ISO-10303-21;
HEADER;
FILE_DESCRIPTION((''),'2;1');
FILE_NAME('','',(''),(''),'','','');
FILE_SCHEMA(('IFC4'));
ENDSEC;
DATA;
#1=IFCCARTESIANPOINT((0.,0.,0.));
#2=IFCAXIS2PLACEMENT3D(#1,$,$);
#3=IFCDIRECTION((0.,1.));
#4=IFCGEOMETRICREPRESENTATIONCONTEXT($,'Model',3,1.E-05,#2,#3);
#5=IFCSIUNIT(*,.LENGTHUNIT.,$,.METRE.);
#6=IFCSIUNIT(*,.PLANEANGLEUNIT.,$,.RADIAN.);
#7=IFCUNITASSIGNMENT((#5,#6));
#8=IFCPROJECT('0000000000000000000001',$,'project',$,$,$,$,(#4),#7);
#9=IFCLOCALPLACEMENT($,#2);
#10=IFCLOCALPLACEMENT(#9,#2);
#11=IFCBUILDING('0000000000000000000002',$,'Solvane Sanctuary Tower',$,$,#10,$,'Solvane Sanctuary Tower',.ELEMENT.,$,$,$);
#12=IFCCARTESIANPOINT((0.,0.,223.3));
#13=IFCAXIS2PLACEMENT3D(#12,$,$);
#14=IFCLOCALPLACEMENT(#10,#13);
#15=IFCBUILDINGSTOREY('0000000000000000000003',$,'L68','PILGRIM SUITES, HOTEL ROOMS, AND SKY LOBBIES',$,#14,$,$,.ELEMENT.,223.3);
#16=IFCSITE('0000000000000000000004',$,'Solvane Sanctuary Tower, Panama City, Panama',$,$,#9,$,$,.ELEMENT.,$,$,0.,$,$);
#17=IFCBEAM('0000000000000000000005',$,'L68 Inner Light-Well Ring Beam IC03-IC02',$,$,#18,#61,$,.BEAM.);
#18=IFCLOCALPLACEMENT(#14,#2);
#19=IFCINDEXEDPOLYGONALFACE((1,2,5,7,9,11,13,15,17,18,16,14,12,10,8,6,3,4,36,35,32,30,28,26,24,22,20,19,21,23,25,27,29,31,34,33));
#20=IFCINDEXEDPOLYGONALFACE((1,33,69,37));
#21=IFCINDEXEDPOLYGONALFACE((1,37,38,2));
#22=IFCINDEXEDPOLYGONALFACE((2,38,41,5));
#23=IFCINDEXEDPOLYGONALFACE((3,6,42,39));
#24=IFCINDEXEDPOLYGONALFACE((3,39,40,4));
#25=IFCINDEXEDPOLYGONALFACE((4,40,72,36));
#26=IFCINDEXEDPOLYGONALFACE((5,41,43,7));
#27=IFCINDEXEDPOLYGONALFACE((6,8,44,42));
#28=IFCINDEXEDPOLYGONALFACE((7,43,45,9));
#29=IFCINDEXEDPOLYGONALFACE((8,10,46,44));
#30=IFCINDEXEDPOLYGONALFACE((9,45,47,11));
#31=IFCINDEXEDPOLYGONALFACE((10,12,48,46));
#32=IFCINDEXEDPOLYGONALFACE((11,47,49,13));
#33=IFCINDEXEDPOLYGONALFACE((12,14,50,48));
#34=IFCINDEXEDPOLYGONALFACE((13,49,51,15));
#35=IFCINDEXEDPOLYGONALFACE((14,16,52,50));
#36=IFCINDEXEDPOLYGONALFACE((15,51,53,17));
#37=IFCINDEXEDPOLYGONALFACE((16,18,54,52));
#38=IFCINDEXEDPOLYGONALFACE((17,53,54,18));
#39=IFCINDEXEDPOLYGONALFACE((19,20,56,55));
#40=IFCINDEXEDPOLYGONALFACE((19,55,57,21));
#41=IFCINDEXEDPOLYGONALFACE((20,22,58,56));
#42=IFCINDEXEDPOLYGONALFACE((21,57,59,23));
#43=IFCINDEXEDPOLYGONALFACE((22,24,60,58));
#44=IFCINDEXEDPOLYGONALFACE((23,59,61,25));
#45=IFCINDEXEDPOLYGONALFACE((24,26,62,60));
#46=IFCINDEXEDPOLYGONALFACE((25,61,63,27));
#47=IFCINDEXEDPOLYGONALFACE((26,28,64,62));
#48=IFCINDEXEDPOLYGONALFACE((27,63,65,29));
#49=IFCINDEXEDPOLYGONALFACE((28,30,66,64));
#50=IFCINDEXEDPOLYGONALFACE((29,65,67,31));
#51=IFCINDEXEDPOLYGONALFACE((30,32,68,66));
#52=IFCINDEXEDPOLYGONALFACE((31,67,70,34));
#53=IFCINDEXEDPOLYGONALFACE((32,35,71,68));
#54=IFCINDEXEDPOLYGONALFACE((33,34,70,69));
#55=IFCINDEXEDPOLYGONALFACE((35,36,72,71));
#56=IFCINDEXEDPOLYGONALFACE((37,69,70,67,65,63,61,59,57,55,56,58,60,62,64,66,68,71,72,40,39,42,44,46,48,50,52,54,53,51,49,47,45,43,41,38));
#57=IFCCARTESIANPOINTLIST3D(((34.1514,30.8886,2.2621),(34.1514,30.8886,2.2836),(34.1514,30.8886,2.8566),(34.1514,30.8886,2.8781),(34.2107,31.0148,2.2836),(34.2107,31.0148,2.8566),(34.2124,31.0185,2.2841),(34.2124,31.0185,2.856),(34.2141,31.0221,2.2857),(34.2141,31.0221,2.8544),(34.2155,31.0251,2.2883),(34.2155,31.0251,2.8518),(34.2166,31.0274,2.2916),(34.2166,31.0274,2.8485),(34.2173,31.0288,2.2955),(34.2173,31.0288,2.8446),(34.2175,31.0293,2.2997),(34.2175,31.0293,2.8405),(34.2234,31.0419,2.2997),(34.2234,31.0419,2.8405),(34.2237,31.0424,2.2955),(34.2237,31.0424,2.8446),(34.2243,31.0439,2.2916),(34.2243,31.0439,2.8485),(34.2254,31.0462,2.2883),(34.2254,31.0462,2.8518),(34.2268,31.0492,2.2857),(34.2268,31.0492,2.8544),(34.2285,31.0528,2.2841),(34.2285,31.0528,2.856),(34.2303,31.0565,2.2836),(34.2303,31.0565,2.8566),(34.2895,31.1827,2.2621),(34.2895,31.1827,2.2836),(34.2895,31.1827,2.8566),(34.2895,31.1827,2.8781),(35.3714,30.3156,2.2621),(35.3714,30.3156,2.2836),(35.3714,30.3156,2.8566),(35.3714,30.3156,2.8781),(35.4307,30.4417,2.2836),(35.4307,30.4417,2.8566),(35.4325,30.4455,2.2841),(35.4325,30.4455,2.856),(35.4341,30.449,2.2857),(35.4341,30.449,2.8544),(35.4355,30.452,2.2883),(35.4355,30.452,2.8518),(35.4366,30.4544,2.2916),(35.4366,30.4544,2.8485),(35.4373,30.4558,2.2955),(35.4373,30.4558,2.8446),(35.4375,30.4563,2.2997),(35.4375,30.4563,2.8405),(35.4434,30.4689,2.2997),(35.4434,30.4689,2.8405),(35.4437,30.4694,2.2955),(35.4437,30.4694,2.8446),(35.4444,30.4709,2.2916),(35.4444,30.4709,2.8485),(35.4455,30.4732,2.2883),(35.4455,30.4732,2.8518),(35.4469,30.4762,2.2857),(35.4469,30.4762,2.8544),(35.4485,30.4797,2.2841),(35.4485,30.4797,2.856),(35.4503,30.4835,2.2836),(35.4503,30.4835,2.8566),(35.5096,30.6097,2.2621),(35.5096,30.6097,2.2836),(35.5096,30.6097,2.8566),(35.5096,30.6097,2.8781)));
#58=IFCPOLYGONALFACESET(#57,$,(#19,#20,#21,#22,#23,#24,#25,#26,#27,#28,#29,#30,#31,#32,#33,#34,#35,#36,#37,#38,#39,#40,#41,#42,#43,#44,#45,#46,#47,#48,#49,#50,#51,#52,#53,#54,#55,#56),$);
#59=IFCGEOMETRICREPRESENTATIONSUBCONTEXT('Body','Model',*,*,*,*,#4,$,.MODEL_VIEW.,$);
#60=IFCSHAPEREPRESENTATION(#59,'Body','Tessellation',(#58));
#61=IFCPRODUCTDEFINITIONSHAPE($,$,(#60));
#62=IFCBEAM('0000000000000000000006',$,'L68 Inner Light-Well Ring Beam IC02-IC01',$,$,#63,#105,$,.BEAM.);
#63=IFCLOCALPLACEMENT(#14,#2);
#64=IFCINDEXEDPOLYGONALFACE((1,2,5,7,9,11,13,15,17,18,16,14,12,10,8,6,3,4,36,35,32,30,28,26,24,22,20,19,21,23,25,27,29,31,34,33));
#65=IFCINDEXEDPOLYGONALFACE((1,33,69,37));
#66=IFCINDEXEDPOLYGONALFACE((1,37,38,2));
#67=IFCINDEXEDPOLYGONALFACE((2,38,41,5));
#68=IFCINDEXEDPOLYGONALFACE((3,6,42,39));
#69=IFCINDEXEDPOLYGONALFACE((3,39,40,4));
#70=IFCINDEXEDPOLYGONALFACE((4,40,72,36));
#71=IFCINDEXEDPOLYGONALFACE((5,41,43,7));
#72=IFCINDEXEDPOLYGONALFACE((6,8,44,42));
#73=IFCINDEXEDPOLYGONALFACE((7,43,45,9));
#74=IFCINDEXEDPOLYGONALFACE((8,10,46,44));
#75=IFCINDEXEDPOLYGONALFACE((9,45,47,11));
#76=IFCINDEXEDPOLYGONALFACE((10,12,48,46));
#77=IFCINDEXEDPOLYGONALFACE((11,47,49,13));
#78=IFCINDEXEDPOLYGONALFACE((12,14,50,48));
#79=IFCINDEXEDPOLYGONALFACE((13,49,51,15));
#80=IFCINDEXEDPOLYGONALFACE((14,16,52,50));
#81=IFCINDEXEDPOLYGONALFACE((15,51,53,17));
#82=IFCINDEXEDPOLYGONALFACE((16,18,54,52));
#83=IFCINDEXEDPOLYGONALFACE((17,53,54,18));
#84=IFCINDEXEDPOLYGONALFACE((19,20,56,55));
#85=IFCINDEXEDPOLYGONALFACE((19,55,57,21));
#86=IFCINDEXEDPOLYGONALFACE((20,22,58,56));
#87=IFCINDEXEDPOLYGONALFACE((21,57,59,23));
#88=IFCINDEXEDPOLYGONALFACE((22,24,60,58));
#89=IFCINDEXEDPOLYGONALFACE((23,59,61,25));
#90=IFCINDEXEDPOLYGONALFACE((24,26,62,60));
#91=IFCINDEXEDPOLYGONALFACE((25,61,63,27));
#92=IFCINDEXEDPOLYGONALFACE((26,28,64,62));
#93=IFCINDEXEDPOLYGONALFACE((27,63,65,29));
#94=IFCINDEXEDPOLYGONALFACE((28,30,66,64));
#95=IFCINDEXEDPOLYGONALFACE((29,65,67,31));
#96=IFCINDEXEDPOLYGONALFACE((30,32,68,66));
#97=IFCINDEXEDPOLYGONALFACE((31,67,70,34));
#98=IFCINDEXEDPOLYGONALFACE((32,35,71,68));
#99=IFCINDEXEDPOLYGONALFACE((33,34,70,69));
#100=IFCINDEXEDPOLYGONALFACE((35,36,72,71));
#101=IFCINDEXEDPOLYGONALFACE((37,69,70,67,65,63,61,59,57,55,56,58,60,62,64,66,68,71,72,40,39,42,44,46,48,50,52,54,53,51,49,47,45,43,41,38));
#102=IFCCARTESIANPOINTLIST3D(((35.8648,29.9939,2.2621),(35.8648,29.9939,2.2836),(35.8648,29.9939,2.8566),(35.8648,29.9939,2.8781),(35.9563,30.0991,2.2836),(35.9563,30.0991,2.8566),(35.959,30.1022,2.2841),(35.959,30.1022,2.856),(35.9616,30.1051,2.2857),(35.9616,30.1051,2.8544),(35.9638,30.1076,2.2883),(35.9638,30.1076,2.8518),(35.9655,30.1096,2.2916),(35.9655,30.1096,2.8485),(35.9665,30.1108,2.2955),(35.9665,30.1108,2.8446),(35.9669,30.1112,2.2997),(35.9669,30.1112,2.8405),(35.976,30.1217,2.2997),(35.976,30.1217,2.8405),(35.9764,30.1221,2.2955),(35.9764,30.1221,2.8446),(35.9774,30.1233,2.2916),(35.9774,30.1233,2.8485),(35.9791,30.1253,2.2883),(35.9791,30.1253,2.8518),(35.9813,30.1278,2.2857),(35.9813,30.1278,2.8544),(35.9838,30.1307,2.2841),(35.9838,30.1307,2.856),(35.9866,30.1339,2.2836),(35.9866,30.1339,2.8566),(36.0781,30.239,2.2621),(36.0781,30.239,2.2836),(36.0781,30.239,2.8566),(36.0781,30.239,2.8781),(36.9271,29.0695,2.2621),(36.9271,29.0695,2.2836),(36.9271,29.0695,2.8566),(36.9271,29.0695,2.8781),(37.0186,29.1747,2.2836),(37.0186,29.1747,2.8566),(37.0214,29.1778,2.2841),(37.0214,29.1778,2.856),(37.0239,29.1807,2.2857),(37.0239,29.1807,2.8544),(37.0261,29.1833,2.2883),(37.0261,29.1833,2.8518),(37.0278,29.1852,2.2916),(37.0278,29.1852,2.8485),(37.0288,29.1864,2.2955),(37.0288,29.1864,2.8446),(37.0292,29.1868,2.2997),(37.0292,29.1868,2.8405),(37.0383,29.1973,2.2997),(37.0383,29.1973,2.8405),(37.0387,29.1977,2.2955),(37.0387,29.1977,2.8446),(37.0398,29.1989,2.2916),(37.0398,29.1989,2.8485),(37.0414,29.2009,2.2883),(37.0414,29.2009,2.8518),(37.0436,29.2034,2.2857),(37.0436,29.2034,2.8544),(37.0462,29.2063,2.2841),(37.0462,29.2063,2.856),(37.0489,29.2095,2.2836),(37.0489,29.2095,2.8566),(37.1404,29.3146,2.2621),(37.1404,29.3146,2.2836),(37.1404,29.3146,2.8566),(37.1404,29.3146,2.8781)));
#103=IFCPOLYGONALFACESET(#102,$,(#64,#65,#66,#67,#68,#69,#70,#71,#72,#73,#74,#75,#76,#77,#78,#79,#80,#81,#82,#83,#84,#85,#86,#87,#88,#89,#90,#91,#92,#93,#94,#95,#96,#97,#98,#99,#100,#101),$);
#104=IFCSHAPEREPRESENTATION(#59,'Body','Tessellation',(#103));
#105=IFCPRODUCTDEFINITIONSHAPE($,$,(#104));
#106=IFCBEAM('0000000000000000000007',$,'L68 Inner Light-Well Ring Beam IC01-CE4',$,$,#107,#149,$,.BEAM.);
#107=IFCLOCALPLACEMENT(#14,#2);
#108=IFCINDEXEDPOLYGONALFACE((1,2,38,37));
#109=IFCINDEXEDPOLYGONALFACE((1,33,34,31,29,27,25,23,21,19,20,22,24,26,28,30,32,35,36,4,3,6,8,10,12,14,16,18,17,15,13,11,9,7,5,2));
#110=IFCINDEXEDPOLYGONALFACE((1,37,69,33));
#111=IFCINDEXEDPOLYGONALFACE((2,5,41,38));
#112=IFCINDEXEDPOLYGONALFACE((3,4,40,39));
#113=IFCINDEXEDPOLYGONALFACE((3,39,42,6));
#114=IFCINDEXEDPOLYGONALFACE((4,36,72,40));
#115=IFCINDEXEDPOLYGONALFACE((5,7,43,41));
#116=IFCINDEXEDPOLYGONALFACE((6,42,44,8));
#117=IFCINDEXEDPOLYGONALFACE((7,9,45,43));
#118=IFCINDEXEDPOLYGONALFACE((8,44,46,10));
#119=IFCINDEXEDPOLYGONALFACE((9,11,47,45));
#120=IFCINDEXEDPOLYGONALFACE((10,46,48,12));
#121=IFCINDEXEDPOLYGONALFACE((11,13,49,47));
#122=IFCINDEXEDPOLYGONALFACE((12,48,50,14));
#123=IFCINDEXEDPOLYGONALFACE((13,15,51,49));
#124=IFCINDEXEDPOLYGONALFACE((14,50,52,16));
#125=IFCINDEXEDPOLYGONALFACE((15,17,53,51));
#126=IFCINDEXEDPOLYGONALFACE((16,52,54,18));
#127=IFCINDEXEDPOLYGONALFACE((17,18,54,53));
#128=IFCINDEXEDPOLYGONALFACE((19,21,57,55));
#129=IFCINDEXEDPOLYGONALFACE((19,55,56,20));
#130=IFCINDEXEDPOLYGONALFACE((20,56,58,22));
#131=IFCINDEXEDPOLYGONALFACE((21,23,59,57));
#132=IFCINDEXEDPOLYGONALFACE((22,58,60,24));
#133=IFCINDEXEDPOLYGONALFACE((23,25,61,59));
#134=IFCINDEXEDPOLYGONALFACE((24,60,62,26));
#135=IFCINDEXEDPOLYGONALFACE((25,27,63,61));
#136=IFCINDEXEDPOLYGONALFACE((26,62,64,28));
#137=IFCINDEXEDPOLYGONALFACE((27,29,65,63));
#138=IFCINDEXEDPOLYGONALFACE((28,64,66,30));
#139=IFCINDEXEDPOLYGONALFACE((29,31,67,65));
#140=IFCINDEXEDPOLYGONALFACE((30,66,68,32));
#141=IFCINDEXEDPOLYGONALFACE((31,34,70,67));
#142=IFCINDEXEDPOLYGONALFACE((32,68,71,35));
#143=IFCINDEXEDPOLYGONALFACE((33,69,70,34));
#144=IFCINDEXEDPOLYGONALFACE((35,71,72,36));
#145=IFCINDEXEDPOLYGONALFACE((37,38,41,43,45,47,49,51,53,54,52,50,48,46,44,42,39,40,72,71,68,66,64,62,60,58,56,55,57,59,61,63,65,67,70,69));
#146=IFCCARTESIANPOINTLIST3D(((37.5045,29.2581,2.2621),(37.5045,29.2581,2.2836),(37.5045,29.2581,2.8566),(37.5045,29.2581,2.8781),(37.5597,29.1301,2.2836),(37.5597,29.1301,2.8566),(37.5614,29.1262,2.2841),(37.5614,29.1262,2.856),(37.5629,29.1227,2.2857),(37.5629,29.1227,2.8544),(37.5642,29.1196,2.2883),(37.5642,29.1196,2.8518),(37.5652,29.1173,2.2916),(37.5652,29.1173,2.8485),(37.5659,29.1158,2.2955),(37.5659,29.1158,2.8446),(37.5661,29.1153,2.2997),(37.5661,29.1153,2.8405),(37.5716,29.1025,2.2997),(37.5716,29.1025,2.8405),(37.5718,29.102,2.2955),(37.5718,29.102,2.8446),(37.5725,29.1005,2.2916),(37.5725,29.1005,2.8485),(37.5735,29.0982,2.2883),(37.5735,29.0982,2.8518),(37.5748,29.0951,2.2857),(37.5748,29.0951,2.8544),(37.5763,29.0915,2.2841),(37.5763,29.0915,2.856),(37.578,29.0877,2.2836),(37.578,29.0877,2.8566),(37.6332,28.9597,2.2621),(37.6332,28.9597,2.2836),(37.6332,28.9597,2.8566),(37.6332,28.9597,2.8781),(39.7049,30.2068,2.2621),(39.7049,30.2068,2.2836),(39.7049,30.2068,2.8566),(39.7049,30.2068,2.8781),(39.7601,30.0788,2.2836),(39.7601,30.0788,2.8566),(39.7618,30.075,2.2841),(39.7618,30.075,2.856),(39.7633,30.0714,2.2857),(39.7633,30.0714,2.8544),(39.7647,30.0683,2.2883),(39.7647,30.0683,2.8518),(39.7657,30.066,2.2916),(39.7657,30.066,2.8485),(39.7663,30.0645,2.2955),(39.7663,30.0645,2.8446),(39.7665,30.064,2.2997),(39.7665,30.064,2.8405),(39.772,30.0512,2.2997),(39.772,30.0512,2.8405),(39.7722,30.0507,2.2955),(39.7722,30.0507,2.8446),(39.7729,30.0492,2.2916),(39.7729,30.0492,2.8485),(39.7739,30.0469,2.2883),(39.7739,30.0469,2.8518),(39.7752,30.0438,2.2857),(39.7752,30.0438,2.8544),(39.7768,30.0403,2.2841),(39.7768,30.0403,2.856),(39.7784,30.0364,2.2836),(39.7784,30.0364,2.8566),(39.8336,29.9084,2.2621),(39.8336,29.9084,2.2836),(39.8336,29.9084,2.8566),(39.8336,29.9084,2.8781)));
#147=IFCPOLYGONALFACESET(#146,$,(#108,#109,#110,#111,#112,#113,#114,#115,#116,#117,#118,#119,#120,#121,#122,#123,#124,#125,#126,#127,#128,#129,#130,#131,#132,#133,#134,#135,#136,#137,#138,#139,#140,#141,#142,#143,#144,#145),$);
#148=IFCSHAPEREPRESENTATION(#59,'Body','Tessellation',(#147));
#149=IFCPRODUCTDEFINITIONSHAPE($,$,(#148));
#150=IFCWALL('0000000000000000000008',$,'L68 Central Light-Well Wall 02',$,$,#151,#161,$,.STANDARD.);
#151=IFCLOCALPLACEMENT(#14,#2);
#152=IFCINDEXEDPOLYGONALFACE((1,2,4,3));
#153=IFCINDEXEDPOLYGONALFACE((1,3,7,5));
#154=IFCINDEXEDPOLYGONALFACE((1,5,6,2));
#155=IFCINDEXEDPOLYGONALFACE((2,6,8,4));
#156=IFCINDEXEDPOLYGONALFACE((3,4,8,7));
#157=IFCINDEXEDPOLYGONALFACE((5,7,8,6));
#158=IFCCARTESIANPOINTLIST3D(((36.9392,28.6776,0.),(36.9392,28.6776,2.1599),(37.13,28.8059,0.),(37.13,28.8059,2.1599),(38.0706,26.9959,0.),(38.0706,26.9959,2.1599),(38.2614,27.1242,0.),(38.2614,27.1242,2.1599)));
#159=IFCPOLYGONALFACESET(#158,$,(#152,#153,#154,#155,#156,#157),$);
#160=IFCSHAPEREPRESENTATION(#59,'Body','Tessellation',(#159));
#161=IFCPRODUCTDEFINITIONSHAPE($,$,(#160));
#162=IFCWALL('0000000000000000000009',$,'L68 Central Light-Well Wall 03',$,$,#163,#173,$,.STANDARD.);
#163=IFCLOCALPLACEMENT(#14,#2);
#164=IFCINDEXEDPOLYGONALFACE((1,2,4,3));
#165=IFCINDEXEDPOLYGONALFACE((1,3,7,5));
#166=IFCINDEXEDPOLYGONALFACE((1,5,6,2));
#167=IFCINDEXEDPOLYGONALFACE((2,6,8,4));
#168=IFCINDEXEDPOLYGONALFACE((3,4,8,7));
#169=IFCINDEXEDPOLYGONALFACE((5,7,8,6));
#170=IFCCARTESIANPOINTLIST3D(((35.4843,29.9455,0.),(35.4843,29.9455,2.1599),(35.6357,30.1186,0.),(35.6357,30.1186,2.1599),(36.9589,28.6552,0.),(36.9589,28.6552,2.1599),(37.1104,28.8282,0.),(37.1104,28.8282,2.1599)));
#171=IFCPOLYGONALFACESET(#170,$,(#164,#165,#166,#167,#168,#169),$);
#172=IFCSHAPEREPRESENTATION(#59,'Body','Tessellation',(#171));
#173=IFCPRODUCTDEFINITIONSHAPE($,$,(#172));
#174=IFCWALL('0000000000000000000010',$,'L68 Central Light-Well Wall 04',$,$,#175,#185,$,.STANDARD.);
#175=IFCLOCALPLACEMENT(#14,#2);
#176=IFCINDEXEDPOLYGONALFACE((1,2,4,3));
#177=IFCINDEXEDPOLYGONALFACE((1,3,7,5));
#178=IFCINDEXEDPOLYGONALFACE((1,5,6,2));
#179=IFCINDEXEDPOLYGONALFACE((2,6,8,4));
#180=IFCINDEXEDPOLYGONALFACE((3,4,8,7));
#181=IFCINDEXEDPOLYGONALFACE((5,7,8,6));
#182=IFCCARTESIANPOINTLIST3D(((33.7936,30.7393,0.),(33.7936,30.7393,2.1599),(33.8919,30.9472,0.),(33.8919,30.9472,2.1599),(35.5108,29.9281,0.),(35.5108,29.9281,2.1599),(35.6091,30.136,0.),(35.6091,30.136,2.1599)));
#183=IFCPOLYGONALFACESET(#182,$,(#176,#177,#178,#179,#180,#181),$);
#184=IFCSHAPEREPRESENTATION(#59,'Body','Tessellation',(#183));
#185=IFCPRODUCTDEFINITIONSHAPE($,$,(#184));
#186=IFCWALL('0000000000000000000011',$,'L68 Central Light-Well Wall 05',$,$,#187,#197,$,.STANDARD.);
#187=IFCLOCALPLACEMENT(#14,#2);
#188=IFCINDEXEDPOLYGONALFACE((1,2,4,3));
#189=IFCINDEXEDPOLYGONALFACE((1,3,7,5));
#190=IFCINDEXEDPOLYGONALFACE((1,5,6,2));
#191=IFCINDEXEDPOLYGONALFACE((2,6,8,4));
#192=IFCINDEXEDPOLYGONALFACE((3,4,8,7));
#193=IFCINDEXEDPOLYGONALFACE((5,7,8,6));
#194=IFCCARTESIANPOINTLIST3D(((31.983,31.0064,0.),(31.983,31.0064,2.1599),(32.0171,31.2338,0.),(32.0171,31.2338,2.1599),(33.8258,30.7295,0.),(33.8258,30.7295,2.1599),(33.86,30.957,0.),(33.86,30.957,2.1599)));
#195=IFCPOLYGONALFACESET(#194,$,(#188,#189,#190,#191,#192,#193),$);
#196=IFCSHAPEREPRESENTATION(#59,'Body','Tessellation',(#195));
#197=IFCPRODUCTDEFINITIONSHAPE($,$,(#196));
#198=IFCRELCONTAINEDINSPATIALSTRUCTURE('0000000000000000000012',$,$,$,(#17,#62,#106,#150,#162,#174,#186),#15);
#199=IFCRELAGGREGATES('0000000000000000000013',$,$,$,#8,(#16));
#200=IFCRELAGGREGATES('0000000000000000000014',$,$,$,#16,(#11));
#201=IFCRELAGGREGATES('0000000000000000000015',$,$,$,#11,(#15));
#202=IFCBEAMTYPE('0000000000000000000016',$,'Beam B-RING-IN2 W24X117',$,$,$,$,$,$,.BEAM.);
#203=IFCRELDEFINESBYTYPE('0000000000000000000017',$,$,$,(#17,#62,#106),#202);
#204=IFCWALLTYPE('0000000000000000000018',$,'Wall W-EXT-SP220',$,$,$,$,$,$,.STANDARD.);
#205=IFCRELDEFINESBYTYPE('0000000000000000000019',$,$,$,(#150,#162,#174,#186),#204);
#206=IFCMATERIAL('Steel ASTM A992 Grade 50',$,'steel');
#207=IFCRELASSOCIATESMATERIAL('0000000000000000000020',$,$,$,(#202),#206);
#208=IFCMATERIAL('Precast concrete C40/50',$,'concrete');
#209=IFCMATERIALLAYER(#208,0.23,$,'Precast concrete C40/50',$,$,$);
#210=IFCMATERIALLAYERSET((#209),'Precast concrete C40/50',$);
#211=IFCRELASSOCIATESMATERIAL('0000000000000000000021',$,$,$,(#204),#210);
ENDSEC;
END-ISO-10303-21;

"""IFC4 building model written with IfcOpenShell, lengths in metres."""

from ifc_helpers import new_model, si_unit, direction, frame, frame_2d, origin, origin_2d, place, context, subcontext, project, spatial, rectangle, i_section, extrude, material, layer, layer_set, material_profile, profile_set, type_object, element, save


model = new_model("IFC4")

# Units and contexts
model_context = context("Model", 3, precision=1e-05, world=origin(), true_north=direction((0.0, 1.0)))
body_context = subcontext(model_context, "Body", "Model", "MODEL_VIEW")
ifc_project = project(units=[si_unit("LENGTHUNIT", "METRE"), si_unit("PLANEANGLEUNIT", "RADIAN")], contexts=[model_context])

# Site, building, storey
site_placement = place(None, origin())
site = spatial("IfcSite", under=ifc_project, at=site_placement, Name="Solvane Sanctuary Tower, Panama City, Panama", CompositionType="ELEMENT", RefElevation=0.0)
building_placement = place(site_placement, origin())
building = spatial("IfcBuilding", under=site, at=building_placement, Name="Solvane Sanctuary Tower", LongName="Solvane Sanctuary Tower", CompositionType="ELEMENT")
storey_placement = place(building_placement, frame((0.0, 0.0, 223.3)))
storey = spatial("IfcBuildingStorey", under=building, at=storey_placement, Name="L68", Description="PILGRIM SUITES, HOTEL ROOMS, AND SKY LOBBIES", CompositionType="ELEMENT", Elevation=223.3)

# Beams
ifc_material_1 = material(Name="Steel ASTM A992 Grade 50", Category="steel")
ifc_material_profile_1 = material_profile(ifc_material_1, i_section(OverallWidth=0.325, OverallDepth=0.616, WebThickness=0.0139, FlangeThickness=0.0215, FilletRadius=0.0161, at=origin_2d()), Name="W24X117")
ifc_profile_set_1 = profile_set([ifc_material_profile_1], Name="Steel ASTM A992 Grade 50")
beam_type_1 = type_object("IfcBeamType", Name="Beam B-RING-IN2 W24X117", PredefinedType="BEAM", material=ifc_profile_set_1)
beam_1_placement = place(storey_placement, frame((34.2205, 31.0356, 2.5701), z_axis=(0.905135, -0.425125, 0.0), x_axis=(0.425125, 0.905135, 0.0)))
element("IfcBeam", 1, at=beam_1_placement, inside=storey, type_object=beam_type_1, Name="L68 Inner Light-Well Ring Beam IC03-IC02", PredefinedType="BEAM", context=body_context, shape_type="SweptSolid", body=[
    extrude(i_section(OverallWidth=0.325, OverallDepth=0.616, WebThickness=0.0139, FlangeThickness=0.0215, FilletRadius=0.0161, at=origin_2d()), origin(), (0.0, 0.0, 1.0), 1.3479),
])
beam_2_placement = place(storey_placement, frame((35.9714, 30.1165, 2.5701), z_axis=(0.754389, -0.656428, 0.0), x_axis=(0.656428, 0.754389, 0.0)))
element("IfcBeam", 2, at=beam_2_placement, inside=storey, type_object=beam_type_1, Name="L68 Inner Light-Well Ring Beam IC02-IC01", PredefinedType="BEAM", context=body_context, shape_type="SweptSolid", body=[
    extrude(i_section(OverallWidth=0.325, OverallDepth=0.616, WebThickness=0.0139, FlangeThickness=0.0215, FilletRadius=0.0161, at=origin_2d()), origin(), (0.0, 0.0, 1.0), 1.4082),
])
beam_3_placement = place(storey_placement, frame((37.5688, 29.1089, 2.5701), z_axis=(0.918284, 0.395923, 0.0), x_axis=(-0.395923, 0.918284, 0.0)))
element("IfcBeam", 3, at=beam_3_placement, inside=storey, type_object=beam_type_1, Name="L68 Inner Light-Well Ring Beam IC01-CE4", PredefinedType="BEAM", context=body_context, shape_type="SweptSolid", body=[
    extrude(i_section(OverallWidth=0.325, OverallDepth=0.616, WebThickness=0.0139, FlangeThickness=0.0215, FilletRadius=0.0161, at=origin_2d()), origin(), (0.0, 0.0, 1.0), 2.3962),
])

# Walls
ifc_material_2 = material(Name="Precast concrete C40/50", Category="concrete")
ifc_layer_1 = layer(ifc_material_2, 0.23, Name="Precast concrete C40/50")
ifc_layer_set_1 = layer_set([ifc_layer_1], Name="Precast concrete C40/50")
wall_type_1 = type_object("IfcWallType", Name="Wall W-EXT-SP220", PredefinedType="STANDARD", material=ifc_layer_set_1)
wall_1_placement = place(storey_placement, frame((38.166, 27.0601, 0.0), z_axis=(0.0, 0.0, 1.0), x_axis=(-0.558198, 0.829708, 0.0)))
element("IfcWall", 4, at=wall_1_placement, inside=storey, type_object=wall_type_1, Name="L68 Central Light-Well Wall 02", PredefinedType="STANDARD", context=body_context, shape_type="SweptSolid", body=[
    extrude(rectangle(XDim=2.0269, YDim=0.23, at=frame_2d((1.0134, 0.0))), origin(), (0.0, 0.0, 1.0), 2.1599),
])
wall_2_placement = place(storey_placement, frame((37.0347, 28.7417, 0.0), z_axis=(0.0, 0.0, 1.0), x_axis=(-0.752577, 0.658505, 0.0)))
element("IfcWall", 5, at=wall_2_placement, inside=storey, type_object=wall_type_1, Name="L68 Central Light-Well Wall 03", PredefinedType="STANDARD", context=body_context, shape_type="SweptSolid", body=[
    extrude(rectangle(XDim=1.9595, YDim=0.23, at=frame_2d((0.9797, 0.0))), origin(), (0.0, 0.0, 1.0), 2.1599),
])
wall_3_placement = place(storey_placement, frame((35.5601, 30.032, 0.0), z_axis=(0.0, 0.0, 1.0), x_axis=(-0.90418, 0.427152, 0.0)))
element("IfcWall", 6, at=wall_3_placement, inside=storey, type_object=wall_type_1, Name="L68 Central Light-Well Wall 04", PredefinedType="STANDARD", context=body_context, shape_type="SweptSolid", body=[
    extrude(rectangle(XDim=1.8992, YDim=0.23, at=frame_2d((0.9497, 0.0))), origin(), (0.0, 0.0, 1.0), 2.1599),
])
for number, where, z_axis, x_axis, name in (
    (7, (33.8428, 30.8433, 0.0), (0.0, 0.0, 1.0), (-0.988902, 0.148571, 0.0), "L68 Central Light-Well Wall 05"),
):
    element("IfcWall", number, at=place(storey_placement, frame(where, z_axis=z_axis, x_axis=x_axis)), inside=storey, type_object=wall_type_1, Name=name, PredefinedType="STANDARD", context=body_context, shape_type="SweptSolid", body=[
        extrude(rectangle(XDim=1.8635, YDim=0.23, at=frame_2d((0.9316, 0.0))), origin(), (0.0, 0.0, 1.0), 2.1599),
    ])

save(model, "model.ifc")
